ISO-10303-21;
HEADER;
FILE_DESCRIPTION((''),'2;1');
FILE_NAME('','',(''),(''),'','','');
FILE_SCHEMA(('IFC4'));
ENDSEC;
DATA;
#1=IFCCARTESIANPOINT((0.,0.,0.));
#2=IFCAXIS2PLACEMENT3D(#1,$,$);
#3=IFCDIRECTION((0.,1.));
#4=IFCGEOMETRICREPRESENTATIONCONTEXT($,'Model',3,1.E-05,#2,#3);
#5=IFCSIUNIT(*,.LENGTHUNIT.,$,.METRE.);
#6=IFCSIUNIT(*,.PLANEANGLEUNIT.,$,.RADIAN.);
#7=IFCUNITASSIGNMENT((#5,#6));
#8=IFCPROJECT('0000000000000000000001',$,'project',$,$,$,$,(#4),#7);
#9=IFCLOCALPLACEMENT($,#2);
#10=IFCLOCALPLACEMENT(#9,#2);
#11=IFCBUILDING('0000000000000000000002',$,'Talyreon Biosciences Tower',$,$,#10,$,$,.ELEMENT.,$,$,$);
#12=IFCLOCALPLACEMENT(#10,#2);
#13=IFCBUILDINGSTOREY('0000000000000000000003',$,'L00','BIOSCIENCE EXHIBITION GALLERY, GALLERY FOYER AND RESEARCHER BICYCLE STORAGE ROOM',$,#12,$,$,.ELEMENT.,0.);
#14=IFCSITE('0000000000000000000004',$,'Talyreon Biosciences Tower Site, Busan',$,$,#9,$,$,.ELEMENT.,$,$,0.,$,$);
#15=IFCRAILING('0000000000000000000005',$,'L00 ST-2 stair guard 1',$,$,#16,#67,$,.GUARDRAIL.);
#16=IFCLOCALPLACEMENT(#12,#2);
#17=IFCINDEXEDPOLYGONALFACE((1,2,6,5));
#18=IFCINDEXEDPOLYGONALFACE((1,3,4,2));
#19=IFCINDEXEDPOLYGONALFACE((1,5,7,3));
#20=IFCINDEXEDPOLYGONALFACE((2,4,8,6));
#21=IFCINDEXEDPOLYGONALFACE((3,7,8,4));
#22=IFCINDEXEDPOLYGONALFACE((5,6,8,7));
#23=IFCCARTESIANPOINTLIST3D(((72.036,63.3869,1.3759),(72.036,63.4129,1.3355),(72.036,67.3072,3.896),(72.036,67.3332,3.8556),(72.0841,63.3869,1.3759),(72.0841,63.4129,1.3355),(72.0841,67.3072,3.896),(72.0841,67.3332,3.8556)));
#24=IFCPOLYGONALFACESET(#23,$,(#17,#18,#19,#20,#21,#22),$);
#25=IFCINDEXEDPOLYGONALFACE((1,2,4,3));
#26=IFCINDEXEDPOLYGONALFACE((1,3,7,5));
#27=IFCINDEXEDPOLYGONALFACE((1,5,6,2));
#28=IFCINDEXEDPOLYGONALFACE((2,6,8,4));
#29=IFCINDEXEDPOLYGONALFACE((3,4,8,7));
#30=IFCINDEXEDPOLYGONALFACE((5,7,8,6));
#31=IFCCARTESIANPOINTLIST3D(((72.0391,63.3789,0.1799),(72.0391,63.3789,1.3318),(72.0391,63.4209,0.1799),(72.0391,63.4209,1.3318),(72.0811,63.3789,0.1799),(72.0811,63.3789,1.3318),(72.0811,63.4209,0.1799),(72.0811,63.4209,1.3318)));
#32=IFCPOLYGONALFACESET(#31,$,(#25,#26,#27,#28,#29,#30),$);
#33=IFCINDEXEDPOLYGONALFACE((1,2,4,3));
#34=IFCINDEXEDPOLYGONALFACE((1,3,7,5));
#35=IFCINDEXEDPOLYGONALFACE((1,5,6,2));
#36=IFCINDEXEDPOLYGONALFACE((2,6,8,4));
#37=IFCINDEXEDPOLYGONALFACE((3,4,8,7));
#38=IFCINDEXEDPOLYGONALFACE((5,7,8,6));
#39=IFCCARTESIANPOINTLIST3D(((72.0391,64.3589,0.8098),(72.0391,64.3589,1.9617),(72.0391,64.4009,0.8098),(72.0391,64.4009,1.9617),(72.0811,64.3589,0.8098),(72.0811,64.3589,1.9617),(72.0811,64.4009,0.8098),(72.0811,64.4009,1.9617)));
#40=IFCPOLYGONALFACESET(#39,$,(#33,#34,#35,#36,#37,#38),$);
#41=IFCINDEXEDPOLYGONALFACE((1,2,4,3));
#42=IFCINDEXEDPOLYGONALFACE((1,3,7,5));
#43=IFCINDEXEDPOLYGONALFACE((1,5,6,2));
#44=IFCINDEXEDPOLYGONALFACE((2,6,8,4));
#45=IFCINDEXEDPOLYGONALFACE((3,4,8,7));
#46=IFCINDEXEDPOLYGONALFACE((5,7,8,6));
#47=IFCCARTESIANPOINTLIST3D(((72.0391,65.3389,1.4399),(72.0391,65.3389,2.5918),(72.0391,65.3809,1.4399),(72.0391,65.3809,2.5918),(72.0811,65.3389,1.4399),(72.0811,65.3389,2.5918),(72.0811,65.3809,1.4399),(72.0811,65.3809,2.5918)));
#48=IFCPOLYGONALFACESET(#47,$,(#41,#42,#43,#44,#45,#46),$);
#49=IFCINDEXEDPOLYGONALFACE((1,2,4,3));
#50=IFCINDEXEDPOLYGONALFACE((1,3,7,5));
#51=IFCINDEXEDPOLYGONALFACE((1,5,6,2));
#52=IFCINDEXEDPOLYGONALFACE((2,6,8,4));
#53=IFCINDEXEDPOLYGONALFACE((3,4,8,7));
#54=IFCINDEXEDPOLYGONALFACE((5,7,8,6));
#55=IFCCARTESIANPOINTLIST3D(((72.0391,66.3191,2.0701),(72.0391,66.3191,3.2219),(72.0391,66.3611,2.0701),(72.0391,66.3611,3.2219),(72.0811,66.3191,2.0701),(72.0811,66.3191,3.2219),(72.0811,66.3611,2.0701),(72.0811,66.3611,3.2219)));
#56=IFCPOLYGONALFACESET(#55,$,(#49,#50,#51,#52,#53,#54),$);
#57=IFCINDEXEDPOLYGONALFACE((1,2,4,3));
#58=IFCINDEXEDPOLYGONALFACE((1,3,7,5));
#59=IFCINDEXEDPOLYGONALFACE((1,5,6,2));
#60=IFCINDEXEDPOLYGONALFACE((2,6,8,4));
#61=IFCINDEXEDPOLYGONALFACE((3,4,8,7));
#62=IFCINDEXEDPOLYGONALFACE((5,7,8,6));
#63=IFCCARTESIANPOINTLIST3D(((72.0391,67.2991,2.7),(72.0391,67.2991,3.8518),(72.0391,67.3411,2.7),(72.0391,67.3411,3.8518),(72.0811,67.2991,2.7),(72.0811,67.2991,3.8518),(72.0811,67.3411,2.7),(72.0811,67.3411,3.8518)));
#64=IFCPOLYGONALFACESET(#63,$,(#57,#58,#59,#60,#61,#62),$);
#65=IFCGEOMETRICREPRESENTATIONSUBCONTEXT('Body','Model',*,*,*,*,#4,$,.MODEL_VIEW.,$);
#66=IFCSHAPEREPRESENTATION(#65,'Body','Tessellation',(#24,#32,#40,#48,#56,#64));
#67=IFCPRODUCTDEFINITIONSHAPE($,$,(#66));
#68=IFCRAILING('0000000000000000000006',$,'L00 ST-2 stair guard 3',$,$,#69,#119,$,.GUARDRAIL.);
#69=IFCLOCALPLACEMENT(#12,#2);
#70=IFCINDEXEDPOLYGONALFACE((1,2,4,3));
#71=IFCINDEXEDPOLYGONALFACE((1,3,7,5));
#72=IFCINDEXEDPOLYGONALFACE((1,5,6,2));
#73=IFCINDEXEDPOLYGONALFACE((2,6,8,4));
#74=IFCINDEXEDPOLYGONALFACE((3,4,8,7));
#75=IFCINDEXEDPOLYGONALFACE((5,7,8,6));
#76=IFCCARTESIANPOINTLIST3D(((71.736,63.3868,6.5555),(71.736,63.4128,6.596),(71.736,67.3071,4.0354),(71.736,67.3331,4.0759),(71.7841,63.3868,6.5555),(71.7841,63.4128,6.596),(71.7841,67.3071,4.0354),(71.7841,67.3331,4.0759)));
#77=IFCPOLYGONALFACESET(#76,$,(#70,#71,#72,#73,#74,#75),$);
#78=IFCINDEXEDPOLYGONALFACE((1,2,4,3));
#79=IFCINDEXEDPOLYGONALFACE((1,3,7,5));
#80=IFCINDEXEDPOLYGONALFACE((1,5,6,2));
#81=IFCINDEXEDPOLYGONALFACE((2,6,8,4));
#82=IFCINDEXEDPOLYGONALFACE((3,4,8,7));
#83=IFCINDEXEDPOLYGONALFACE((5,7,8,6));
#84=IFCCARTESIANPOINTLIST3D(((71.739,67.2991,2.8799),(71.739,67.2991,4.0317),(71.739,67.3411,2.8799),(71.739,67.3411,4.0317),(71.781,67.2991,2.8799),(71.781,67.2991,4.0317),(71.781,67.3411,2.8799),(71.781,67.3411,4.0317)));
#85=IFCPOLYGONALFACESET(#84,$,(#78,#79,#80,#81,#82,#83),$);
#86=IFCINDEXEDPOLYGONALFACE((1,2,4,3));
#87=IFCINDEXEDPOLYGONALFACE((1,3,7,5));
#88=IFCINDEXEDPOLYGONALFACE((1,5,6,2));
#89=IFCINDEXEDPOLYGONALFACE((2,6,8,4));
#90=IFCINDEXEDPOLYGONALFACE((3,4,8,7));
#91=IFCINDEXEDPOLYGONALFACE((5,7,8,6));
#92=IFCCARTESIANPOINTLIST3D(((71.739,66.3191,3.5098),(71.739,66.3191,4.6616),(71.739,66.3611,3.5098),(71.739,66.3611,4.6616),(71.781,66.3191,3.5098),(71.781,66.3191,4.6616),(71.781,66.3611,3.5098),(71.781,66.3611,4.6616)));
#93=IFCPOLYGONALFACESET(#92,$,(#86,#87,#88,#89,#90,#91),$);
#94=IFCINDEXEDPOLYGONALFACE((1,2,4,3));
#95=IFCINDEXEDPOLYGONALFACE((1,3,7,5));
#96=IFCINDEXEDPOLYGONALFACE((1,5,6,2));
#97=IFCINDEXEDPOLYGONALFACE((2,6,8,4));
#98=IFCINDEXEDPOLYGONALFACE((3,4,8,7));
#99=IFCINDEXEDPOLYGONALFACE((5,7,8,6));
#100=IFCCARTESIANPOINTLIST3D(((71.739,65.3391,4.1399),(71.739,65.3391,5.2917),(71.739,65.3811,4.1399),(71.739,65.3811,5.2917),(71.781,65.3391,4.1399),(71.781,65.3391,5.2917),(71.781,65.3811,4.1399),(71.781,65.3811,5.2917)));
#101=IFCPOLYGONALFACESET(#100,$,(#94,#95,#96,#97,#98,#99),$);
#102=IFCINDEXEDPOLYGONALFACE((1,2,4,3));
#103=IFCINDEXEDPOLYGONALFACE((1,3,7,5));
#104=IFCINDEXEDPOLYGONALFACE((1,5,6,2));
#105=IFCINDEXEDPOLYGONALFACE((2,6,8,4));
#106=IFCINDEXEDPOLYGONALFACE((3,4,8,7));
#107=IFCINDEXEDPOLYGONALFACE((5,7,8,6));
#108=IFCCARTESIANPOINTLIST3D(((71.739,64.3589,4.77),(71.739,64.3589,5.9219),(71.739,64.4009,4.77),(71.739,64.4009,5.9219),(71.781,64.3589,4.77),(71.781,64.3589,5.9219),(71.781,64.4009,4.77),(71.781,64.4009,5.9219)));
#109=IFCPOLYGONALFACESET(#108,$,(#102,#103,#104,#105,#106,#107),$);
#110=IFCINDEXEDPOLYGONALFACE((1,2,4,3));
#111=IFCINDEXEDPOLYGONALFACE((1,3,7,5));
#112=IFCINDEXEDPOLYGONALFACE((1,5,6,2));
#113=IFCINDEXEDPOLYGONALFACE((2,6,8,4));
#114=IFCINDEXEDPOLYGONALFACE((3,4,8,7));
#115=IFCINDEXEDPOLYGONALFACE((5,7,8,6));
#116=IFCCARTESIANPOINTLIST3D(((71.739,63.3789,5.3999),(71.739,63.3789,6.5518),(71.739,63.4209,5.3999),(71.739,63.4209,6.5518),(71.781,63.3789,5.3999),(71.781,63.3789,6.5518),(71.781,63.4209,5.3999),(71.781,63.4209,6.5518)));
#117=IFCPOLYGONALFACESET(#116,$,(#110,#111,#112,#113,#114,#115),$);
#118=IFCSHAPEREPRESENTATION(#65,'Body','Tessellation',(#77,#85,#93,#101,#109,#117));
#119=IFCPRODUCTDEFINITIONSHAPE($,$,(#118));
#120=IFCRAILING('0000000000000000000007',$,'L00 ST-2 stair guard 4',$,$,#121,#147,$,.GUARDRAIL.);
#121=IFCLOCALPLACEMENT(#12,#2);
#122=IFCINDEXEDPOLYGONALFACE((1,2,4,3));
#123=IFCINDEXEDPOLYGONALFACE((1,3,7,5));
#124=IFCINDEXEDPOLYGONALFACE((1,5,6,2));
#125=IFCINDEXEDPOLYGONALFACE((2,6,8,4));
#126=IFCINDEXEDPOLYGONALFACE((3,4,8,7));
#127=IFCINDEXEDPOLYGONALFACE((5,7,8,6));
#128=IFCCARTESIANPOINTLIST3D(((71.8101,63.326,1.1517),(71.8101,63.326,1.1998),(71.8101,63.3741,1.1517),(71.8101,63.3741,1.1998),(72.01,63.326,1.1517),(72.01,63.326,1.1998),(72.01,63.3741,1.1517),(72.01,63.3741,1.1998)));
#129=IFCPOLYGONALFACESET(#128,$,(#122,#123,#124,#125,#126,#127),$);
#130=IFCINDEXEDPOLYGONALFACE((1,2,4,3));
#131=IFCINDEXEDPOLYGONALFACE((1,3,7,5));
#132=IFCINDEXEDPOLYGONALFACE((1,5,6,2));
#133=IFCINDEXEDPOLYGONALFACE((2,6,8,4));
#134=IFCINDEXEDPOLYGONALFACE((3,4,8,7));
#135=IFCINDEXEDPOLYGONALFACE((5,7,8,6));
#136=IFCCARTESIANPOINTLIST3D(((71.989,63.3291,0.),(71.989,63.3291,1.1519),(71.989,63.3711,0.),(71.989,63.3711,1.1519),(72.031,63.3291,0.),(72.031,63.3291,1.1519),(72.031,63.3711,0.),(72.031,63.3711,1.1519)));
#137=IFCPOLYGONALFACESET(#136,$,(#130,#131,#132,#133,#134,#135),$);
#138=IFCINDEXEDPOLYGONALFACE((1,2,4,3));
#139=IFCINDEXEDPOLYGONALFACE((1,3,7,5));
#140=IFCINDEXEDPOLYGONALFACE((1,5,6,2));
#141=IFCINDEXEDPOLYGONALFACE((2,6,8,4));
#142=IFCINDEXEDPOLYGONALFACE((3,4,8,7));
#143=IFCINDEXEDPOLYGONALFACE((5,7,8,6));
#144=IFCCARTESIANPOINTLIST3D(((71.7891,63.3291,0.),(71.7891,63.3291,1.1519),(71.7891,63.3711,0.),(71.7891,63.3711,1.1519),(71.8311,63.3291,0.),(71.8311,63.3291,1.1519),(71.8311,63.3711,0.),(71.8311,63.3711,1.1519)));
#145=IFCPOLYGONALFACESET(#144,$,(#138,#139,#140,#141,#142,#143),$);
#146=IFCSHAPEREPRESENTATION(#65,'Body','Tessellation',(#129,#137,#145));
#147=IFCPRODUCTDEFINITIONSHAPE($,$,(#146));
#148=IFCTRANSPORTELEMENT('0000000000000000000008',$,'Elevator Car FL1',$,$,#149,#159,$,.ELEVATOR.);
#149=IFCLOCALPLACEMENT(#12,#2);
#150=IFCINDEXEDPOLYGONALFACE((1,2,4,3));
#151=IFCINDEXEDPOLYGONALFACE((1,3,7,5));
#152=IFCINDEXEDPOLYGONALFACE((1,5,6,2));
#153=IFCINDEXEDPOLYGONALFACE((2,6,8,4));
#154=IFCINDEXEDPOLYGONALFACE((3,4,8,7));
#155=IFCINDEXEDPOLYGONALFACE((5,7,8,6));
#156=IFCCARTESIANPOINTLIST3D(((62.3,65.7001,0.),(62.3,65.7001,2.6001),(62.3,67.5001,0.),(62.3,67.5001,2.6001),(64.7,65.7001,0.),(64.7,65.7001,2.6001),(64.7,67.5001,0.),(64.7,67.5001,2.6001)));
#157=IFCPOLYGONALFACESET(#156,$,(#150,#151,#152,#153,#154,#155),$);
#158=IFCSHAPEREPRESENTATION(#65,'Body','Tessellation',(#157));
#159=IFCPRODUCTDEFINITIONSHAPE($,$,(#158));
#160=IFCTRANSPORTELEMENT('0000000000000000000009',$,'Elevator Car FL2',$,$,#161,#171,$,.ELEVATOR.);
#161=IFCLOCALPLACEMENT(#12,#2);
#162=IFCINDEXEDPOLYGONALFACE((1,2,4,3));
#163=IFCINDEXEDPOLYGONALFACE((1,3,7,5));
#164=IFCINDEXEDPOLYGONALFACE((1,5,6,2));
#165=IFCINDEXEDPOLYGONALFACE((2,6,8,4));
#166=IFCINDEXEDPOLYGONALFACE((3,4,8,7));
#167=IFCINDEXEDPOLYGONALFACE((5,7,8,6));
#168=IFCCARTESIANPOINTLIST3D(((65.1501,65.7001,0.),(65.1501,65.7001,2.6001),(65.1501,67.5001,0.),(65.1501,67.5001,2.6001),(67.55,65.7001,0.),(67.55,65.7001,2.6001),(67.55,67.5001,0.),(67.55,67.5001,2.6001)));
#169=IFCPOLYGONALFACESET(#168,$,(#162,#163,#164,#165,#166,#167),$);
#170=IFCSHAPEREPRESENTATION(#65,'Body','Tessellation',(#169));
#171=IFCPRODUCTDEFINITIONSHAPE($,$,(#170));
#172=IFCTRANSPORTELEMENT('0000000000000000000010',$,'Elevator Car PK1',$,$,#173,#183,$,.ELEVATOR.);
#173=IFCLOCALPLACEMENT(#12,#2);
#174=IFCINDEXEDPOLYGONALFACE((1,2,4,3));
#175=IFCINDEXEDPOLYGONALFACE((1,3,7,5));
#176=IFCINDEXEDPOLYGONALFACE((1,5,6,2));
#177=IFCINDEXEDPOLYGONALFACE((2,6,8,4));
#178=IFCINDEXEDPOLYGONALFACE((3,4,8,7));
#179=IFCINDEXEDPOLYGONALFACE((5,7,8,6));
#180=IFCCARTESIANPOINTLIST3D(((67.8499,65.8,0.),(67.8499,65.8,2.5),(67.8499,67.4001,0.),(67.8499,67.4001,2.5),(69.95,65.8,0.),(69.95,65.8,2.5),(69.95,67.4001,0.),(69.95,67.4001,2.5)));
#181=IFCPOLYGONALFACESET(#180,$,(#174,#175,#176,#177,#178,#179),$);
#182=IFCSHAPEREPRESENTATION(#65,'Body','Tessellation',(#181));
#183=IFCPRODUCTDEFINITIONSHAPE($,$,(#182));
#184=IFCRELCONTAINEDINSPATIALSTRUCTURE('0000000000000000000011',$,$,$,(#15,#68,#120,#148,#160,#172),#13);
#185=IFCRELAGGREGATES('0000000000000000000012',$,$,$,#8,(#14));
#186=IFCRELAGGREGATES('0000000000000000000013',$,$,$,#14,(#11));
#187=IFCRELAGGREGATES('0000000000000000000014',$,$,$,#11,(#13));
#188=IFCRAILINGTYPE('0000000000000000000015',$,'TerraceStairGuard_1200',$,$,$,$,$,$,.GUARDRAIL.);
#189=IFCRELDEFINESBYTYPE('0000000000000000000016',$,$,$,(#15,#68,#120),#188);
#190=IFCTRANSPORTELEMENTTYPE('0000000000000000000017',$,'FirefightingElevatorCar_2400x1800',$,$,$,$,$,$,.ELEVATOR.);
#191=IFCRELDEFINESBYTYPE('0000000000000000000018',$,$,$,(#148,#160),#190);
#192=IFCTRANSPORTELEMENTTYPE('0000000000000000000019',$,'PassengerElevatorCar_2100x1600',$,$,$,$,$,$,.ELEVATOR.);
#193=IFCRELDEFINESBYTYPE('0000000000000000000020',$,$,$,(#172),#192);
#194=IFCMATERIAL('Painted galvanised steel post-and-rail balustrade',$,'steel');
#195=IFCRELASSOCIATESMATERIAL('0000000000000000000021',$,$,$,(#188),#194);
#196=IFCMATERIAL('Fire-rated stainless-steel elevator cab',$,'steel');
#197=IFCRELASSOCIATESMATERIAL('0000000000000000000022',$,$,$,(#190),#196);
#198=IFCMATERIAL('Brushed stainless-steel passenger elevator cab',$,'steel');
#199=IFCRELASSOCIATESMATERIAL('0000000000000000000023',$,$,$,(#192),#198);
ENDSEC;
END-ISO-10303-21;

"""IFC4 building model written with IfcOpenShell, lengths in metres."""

from ifc_helpers import new_model, si_unit, direction, frame, origin, origin_2d, place, context, subcontext, project, spatial, rectangle, extrude, material, type_object, element, save


model = new_model("IFC4")

# Units and contexts
model_context = context("Model", 3, precision=1e-05, world=origin(), true_north=direction((0.0, 1.0)))
body_context = subcontext(model_context, "Body", "Model", "MODEL_VIEW")
ifc_project = project(units=[si_unit("LENGTHUNIT", "METRE"), si_unit("PLANEANGLEUNIT", "RADIAN")], contexts=[model_context])

# Site, building, storey
site_placement = place(None, origin())
site = spatial("IfcSite", under=ifc_project, at=site_placement, Name="Talyreon Biosciences Tower Site, Busan", CompositionType="ELEMENT", RefElevation=0.0)
building_placement = place(site_placement, origin())
building = spatial("IfcBuilding", under=site, at=building_placement, Name="Talyreon Biosciences Tower", CompositionType="ELEMENT")
storey_placement = place(building_placement, origin())
storey = spatial("IfcBuildingStorey", under=building, at=storey_placement, Name="L00", Description="BIOSCIENCE EXHIBITION GALLERY, GALLERY FOYER AND RESEARCHER BICYCLE STORAGE ROOM", CompositionType="ELEMENT", Elevation=0.0)

# Railings
ifc_material_1 = material(Name="Painted galvanised steel post-and-rail balustrade", Category="steel")
railing_type_1 = type_object("IfcRailingType", Name="TerraceStairGuard_1200", PredefinedType="GUARDRAIL", material=ifc_material_1)
railing_1_placement = place(storey_placement, frame((72.0601, 63.3999, 0.1799)))
element("IfcRailing", 1, at=railing_1_placement, inside=storey, type_object=railing_type_1, Name="L00 ST-2 stair guard 1", PredefinedType="GUARDRAIL", context=body_context, shape_type="SweptSolid", body=[
    extrude(rectangle(XDim=0.0481, YDim=0.0481, at=origin_2d()), frame((0.0, 0.0, 1.1758), z_axis=(0.0, 0.841187, 0.540744), x_axis=(-1.0, 0.0, 0.0)), (0.0, 0.0, 1.0), 4.6604),
    extrude(rectangle(XDim=0.042, YDim=0.042, at=origin_2d()), origin(), (0.0, 0.0, 1.0), 1.1519),
    extrude(rectangle(XDim=0.042, YDim=0.042, at=origin_2d()), frame((0.0, 0.98, 0.6299)), (0.0, 0.0, 1.0), 1.1519),
    extrude(rectangle(XDim=0.042, YDim=0.042, at=origin_2d()), frame((0.0, 1.96, 1.26)), (0.0, 0.0, 1.0), 1.1519),
    extrude(rectangle(XDim=0.042, YDim=0.042, at=origin_2d()), frame((0.0, 2.9402, 1.8901)), (0.0, 0.0, 1.0), 1.1519),
    extrude(rectangle(XDim=0.042, YDim=0.042, at=origin_2d()), frame((0.0, 3.9202, 2.52)), (0.0, 0.0, 1.0), 1.1519),
])
railing_2_placement = place(storey_placement, frame((71.76, 67.3201, 2.8799)))
element("IfcRailing", 2, at=railing_2_placement, inside=storey, type_object=railing_type_1, Name="L00 ST-2 stair guard 3", PredefinedType="GUARDRAIL", context=body_context, shape_type="SweptSolid", body=[
    extrude(rectangle(XDim=0.0481, YDim=0.0481, at=origin_2d()), frame((0.0, 0.0, 1.1758), z_axis=(0.0, -0.841187, 0.540744), x_axis=(1.0, 0.0, 0.0)), (0.0, 0.0, 1.0), 4.6604),
    extrude(rectangle(XDim=0.042, YDim=0.042, at=origin_2d()), origin(), (0.0, 0.0, 1.0), 1.1519),
    extrude(rectangle(XDim=0.042, YDim=0.042, at=origin_2d()), frame((0.0, -0.98, 0.6299)), (0.0, 0.0, 1.0), 1.1519),
    extrude(rectangle(XDim=0.042, YDim=0.042, at=origin_2d()), frame((0.0, -1.96, 1.26)), (0.0, 0.0, 1.0), 1.1519),
    extrude(rectangle(XDim=0.042, YDim=0.042, at=origin_2d()), frame((0.0, -2.9402, 1.8901)), (0.0, 0.0, 1.0), 1.1519),
    extrude(rectangle(XDim=0.042, YDim=0.042, at=origin_2d()), frame((0.0, -3.9202, 2.52)), (0.0, 0.0, 1.0), 1.1519),
])
railing_3_placement = place(storey_placement, frame((72.01, 63.3501, 0.0)))
element("IfcRailing", 3, at=railing_3_placement, inside=storey, type_object=railing_type_1, Name="L00 ST-2 stair guard 4", PredefinedType="GUARDRAIL", context=body_context, shape_type="SweptSolid", body=[
    extrude(rectangle(XDim=0.0481, YDim=0.0481, at=origin_2d()), frame((0.0, 0.0, 1.1758), z_axis=(-1.0, 0.0, 0.0), x_axis=(0.0, -1.0, 0.0)), (0.0, 0.0, 1.0), 0.2),
    extrude(rectangle(XDim=0.042, YDim=0.042, at=origin_2d()), origin(), (0.0, 0.0, 1.0), 1.1519),
    extrude(rectangle(XDim=0.042, YDim=0.042, at=origin_2d()), frame((-0.2, 0.0, 0.0)), (0.0, 0.0, 1.0), 1.1519),
])

# Transport elements
ifc_material_2 = material(Name="Fire-rated stainless-steel elevator cab", Category="steel")
transport_element_type_1 = type_object("IfcTransportElementType", Name="FirefightingElevatorCar_2400x1800", PredefinedType="ELEVATOR", material=ifc_material_2)
for number, where, z_axis, x_axis, name in (
    (4, (63.5, 66.6001, 0.0), (0.0, 0.0, 1.0), (1.0, 0.0, 0.0), "Elevator Car FL1"),
    (5, (66.3501, 66.6001, 0.0), (0.0, 0.0, 1.0), (1.0, 0.0, 0.0), "Elevator Car FL2"),
):
    element("IfcTransportElement", number, at=place(storey_placement, frame(where, z_axis=z_axis, x_axis=x_axis)), inside=storey, type_object=transport_element_type_1, Name=name, PredefinedType="ELEVATOR", context=body_context, shape_type="SweptSolid", body=[
        extrude(rectangle(XDim=2.3999, YDim=1.8, at=origin_2d()), origin(), (0.0, 0.0, 1.0), 2.6001),
    ])
ifc_material_3 = material(Name="Brushed stainless-steel passenger elevator cab", Category="steel")
transport_element_type_2 = type_object("IfcTransportElementType", Name="PassengerElevatorCar_2100x1600", PredefinedType="ELEVATOR", material=ifc_material_3)
transport_element_placement = place(storey_placement, frame((68.8999, 66.6001, 0.0), z_axis=(0.0, 0.0, 1.0), x_axis=(1.0, 0.0, 0.0)))
element("IfcTransportElement", 6, at=transport_element_placement, inside=storey, type_object=transport_element_type_2, Name="Elevator Car PK1", PredefinedType="ELEVATOR", context=body_context, shape_type="SweptSolid", body=[
    extrude(rectangle(XDim=2.1001, YDim=1.6001, at=origin_2d()), origin(), (0.0, 0.0, 1.0), 2.5),
])

save(model, "model.ifc")
